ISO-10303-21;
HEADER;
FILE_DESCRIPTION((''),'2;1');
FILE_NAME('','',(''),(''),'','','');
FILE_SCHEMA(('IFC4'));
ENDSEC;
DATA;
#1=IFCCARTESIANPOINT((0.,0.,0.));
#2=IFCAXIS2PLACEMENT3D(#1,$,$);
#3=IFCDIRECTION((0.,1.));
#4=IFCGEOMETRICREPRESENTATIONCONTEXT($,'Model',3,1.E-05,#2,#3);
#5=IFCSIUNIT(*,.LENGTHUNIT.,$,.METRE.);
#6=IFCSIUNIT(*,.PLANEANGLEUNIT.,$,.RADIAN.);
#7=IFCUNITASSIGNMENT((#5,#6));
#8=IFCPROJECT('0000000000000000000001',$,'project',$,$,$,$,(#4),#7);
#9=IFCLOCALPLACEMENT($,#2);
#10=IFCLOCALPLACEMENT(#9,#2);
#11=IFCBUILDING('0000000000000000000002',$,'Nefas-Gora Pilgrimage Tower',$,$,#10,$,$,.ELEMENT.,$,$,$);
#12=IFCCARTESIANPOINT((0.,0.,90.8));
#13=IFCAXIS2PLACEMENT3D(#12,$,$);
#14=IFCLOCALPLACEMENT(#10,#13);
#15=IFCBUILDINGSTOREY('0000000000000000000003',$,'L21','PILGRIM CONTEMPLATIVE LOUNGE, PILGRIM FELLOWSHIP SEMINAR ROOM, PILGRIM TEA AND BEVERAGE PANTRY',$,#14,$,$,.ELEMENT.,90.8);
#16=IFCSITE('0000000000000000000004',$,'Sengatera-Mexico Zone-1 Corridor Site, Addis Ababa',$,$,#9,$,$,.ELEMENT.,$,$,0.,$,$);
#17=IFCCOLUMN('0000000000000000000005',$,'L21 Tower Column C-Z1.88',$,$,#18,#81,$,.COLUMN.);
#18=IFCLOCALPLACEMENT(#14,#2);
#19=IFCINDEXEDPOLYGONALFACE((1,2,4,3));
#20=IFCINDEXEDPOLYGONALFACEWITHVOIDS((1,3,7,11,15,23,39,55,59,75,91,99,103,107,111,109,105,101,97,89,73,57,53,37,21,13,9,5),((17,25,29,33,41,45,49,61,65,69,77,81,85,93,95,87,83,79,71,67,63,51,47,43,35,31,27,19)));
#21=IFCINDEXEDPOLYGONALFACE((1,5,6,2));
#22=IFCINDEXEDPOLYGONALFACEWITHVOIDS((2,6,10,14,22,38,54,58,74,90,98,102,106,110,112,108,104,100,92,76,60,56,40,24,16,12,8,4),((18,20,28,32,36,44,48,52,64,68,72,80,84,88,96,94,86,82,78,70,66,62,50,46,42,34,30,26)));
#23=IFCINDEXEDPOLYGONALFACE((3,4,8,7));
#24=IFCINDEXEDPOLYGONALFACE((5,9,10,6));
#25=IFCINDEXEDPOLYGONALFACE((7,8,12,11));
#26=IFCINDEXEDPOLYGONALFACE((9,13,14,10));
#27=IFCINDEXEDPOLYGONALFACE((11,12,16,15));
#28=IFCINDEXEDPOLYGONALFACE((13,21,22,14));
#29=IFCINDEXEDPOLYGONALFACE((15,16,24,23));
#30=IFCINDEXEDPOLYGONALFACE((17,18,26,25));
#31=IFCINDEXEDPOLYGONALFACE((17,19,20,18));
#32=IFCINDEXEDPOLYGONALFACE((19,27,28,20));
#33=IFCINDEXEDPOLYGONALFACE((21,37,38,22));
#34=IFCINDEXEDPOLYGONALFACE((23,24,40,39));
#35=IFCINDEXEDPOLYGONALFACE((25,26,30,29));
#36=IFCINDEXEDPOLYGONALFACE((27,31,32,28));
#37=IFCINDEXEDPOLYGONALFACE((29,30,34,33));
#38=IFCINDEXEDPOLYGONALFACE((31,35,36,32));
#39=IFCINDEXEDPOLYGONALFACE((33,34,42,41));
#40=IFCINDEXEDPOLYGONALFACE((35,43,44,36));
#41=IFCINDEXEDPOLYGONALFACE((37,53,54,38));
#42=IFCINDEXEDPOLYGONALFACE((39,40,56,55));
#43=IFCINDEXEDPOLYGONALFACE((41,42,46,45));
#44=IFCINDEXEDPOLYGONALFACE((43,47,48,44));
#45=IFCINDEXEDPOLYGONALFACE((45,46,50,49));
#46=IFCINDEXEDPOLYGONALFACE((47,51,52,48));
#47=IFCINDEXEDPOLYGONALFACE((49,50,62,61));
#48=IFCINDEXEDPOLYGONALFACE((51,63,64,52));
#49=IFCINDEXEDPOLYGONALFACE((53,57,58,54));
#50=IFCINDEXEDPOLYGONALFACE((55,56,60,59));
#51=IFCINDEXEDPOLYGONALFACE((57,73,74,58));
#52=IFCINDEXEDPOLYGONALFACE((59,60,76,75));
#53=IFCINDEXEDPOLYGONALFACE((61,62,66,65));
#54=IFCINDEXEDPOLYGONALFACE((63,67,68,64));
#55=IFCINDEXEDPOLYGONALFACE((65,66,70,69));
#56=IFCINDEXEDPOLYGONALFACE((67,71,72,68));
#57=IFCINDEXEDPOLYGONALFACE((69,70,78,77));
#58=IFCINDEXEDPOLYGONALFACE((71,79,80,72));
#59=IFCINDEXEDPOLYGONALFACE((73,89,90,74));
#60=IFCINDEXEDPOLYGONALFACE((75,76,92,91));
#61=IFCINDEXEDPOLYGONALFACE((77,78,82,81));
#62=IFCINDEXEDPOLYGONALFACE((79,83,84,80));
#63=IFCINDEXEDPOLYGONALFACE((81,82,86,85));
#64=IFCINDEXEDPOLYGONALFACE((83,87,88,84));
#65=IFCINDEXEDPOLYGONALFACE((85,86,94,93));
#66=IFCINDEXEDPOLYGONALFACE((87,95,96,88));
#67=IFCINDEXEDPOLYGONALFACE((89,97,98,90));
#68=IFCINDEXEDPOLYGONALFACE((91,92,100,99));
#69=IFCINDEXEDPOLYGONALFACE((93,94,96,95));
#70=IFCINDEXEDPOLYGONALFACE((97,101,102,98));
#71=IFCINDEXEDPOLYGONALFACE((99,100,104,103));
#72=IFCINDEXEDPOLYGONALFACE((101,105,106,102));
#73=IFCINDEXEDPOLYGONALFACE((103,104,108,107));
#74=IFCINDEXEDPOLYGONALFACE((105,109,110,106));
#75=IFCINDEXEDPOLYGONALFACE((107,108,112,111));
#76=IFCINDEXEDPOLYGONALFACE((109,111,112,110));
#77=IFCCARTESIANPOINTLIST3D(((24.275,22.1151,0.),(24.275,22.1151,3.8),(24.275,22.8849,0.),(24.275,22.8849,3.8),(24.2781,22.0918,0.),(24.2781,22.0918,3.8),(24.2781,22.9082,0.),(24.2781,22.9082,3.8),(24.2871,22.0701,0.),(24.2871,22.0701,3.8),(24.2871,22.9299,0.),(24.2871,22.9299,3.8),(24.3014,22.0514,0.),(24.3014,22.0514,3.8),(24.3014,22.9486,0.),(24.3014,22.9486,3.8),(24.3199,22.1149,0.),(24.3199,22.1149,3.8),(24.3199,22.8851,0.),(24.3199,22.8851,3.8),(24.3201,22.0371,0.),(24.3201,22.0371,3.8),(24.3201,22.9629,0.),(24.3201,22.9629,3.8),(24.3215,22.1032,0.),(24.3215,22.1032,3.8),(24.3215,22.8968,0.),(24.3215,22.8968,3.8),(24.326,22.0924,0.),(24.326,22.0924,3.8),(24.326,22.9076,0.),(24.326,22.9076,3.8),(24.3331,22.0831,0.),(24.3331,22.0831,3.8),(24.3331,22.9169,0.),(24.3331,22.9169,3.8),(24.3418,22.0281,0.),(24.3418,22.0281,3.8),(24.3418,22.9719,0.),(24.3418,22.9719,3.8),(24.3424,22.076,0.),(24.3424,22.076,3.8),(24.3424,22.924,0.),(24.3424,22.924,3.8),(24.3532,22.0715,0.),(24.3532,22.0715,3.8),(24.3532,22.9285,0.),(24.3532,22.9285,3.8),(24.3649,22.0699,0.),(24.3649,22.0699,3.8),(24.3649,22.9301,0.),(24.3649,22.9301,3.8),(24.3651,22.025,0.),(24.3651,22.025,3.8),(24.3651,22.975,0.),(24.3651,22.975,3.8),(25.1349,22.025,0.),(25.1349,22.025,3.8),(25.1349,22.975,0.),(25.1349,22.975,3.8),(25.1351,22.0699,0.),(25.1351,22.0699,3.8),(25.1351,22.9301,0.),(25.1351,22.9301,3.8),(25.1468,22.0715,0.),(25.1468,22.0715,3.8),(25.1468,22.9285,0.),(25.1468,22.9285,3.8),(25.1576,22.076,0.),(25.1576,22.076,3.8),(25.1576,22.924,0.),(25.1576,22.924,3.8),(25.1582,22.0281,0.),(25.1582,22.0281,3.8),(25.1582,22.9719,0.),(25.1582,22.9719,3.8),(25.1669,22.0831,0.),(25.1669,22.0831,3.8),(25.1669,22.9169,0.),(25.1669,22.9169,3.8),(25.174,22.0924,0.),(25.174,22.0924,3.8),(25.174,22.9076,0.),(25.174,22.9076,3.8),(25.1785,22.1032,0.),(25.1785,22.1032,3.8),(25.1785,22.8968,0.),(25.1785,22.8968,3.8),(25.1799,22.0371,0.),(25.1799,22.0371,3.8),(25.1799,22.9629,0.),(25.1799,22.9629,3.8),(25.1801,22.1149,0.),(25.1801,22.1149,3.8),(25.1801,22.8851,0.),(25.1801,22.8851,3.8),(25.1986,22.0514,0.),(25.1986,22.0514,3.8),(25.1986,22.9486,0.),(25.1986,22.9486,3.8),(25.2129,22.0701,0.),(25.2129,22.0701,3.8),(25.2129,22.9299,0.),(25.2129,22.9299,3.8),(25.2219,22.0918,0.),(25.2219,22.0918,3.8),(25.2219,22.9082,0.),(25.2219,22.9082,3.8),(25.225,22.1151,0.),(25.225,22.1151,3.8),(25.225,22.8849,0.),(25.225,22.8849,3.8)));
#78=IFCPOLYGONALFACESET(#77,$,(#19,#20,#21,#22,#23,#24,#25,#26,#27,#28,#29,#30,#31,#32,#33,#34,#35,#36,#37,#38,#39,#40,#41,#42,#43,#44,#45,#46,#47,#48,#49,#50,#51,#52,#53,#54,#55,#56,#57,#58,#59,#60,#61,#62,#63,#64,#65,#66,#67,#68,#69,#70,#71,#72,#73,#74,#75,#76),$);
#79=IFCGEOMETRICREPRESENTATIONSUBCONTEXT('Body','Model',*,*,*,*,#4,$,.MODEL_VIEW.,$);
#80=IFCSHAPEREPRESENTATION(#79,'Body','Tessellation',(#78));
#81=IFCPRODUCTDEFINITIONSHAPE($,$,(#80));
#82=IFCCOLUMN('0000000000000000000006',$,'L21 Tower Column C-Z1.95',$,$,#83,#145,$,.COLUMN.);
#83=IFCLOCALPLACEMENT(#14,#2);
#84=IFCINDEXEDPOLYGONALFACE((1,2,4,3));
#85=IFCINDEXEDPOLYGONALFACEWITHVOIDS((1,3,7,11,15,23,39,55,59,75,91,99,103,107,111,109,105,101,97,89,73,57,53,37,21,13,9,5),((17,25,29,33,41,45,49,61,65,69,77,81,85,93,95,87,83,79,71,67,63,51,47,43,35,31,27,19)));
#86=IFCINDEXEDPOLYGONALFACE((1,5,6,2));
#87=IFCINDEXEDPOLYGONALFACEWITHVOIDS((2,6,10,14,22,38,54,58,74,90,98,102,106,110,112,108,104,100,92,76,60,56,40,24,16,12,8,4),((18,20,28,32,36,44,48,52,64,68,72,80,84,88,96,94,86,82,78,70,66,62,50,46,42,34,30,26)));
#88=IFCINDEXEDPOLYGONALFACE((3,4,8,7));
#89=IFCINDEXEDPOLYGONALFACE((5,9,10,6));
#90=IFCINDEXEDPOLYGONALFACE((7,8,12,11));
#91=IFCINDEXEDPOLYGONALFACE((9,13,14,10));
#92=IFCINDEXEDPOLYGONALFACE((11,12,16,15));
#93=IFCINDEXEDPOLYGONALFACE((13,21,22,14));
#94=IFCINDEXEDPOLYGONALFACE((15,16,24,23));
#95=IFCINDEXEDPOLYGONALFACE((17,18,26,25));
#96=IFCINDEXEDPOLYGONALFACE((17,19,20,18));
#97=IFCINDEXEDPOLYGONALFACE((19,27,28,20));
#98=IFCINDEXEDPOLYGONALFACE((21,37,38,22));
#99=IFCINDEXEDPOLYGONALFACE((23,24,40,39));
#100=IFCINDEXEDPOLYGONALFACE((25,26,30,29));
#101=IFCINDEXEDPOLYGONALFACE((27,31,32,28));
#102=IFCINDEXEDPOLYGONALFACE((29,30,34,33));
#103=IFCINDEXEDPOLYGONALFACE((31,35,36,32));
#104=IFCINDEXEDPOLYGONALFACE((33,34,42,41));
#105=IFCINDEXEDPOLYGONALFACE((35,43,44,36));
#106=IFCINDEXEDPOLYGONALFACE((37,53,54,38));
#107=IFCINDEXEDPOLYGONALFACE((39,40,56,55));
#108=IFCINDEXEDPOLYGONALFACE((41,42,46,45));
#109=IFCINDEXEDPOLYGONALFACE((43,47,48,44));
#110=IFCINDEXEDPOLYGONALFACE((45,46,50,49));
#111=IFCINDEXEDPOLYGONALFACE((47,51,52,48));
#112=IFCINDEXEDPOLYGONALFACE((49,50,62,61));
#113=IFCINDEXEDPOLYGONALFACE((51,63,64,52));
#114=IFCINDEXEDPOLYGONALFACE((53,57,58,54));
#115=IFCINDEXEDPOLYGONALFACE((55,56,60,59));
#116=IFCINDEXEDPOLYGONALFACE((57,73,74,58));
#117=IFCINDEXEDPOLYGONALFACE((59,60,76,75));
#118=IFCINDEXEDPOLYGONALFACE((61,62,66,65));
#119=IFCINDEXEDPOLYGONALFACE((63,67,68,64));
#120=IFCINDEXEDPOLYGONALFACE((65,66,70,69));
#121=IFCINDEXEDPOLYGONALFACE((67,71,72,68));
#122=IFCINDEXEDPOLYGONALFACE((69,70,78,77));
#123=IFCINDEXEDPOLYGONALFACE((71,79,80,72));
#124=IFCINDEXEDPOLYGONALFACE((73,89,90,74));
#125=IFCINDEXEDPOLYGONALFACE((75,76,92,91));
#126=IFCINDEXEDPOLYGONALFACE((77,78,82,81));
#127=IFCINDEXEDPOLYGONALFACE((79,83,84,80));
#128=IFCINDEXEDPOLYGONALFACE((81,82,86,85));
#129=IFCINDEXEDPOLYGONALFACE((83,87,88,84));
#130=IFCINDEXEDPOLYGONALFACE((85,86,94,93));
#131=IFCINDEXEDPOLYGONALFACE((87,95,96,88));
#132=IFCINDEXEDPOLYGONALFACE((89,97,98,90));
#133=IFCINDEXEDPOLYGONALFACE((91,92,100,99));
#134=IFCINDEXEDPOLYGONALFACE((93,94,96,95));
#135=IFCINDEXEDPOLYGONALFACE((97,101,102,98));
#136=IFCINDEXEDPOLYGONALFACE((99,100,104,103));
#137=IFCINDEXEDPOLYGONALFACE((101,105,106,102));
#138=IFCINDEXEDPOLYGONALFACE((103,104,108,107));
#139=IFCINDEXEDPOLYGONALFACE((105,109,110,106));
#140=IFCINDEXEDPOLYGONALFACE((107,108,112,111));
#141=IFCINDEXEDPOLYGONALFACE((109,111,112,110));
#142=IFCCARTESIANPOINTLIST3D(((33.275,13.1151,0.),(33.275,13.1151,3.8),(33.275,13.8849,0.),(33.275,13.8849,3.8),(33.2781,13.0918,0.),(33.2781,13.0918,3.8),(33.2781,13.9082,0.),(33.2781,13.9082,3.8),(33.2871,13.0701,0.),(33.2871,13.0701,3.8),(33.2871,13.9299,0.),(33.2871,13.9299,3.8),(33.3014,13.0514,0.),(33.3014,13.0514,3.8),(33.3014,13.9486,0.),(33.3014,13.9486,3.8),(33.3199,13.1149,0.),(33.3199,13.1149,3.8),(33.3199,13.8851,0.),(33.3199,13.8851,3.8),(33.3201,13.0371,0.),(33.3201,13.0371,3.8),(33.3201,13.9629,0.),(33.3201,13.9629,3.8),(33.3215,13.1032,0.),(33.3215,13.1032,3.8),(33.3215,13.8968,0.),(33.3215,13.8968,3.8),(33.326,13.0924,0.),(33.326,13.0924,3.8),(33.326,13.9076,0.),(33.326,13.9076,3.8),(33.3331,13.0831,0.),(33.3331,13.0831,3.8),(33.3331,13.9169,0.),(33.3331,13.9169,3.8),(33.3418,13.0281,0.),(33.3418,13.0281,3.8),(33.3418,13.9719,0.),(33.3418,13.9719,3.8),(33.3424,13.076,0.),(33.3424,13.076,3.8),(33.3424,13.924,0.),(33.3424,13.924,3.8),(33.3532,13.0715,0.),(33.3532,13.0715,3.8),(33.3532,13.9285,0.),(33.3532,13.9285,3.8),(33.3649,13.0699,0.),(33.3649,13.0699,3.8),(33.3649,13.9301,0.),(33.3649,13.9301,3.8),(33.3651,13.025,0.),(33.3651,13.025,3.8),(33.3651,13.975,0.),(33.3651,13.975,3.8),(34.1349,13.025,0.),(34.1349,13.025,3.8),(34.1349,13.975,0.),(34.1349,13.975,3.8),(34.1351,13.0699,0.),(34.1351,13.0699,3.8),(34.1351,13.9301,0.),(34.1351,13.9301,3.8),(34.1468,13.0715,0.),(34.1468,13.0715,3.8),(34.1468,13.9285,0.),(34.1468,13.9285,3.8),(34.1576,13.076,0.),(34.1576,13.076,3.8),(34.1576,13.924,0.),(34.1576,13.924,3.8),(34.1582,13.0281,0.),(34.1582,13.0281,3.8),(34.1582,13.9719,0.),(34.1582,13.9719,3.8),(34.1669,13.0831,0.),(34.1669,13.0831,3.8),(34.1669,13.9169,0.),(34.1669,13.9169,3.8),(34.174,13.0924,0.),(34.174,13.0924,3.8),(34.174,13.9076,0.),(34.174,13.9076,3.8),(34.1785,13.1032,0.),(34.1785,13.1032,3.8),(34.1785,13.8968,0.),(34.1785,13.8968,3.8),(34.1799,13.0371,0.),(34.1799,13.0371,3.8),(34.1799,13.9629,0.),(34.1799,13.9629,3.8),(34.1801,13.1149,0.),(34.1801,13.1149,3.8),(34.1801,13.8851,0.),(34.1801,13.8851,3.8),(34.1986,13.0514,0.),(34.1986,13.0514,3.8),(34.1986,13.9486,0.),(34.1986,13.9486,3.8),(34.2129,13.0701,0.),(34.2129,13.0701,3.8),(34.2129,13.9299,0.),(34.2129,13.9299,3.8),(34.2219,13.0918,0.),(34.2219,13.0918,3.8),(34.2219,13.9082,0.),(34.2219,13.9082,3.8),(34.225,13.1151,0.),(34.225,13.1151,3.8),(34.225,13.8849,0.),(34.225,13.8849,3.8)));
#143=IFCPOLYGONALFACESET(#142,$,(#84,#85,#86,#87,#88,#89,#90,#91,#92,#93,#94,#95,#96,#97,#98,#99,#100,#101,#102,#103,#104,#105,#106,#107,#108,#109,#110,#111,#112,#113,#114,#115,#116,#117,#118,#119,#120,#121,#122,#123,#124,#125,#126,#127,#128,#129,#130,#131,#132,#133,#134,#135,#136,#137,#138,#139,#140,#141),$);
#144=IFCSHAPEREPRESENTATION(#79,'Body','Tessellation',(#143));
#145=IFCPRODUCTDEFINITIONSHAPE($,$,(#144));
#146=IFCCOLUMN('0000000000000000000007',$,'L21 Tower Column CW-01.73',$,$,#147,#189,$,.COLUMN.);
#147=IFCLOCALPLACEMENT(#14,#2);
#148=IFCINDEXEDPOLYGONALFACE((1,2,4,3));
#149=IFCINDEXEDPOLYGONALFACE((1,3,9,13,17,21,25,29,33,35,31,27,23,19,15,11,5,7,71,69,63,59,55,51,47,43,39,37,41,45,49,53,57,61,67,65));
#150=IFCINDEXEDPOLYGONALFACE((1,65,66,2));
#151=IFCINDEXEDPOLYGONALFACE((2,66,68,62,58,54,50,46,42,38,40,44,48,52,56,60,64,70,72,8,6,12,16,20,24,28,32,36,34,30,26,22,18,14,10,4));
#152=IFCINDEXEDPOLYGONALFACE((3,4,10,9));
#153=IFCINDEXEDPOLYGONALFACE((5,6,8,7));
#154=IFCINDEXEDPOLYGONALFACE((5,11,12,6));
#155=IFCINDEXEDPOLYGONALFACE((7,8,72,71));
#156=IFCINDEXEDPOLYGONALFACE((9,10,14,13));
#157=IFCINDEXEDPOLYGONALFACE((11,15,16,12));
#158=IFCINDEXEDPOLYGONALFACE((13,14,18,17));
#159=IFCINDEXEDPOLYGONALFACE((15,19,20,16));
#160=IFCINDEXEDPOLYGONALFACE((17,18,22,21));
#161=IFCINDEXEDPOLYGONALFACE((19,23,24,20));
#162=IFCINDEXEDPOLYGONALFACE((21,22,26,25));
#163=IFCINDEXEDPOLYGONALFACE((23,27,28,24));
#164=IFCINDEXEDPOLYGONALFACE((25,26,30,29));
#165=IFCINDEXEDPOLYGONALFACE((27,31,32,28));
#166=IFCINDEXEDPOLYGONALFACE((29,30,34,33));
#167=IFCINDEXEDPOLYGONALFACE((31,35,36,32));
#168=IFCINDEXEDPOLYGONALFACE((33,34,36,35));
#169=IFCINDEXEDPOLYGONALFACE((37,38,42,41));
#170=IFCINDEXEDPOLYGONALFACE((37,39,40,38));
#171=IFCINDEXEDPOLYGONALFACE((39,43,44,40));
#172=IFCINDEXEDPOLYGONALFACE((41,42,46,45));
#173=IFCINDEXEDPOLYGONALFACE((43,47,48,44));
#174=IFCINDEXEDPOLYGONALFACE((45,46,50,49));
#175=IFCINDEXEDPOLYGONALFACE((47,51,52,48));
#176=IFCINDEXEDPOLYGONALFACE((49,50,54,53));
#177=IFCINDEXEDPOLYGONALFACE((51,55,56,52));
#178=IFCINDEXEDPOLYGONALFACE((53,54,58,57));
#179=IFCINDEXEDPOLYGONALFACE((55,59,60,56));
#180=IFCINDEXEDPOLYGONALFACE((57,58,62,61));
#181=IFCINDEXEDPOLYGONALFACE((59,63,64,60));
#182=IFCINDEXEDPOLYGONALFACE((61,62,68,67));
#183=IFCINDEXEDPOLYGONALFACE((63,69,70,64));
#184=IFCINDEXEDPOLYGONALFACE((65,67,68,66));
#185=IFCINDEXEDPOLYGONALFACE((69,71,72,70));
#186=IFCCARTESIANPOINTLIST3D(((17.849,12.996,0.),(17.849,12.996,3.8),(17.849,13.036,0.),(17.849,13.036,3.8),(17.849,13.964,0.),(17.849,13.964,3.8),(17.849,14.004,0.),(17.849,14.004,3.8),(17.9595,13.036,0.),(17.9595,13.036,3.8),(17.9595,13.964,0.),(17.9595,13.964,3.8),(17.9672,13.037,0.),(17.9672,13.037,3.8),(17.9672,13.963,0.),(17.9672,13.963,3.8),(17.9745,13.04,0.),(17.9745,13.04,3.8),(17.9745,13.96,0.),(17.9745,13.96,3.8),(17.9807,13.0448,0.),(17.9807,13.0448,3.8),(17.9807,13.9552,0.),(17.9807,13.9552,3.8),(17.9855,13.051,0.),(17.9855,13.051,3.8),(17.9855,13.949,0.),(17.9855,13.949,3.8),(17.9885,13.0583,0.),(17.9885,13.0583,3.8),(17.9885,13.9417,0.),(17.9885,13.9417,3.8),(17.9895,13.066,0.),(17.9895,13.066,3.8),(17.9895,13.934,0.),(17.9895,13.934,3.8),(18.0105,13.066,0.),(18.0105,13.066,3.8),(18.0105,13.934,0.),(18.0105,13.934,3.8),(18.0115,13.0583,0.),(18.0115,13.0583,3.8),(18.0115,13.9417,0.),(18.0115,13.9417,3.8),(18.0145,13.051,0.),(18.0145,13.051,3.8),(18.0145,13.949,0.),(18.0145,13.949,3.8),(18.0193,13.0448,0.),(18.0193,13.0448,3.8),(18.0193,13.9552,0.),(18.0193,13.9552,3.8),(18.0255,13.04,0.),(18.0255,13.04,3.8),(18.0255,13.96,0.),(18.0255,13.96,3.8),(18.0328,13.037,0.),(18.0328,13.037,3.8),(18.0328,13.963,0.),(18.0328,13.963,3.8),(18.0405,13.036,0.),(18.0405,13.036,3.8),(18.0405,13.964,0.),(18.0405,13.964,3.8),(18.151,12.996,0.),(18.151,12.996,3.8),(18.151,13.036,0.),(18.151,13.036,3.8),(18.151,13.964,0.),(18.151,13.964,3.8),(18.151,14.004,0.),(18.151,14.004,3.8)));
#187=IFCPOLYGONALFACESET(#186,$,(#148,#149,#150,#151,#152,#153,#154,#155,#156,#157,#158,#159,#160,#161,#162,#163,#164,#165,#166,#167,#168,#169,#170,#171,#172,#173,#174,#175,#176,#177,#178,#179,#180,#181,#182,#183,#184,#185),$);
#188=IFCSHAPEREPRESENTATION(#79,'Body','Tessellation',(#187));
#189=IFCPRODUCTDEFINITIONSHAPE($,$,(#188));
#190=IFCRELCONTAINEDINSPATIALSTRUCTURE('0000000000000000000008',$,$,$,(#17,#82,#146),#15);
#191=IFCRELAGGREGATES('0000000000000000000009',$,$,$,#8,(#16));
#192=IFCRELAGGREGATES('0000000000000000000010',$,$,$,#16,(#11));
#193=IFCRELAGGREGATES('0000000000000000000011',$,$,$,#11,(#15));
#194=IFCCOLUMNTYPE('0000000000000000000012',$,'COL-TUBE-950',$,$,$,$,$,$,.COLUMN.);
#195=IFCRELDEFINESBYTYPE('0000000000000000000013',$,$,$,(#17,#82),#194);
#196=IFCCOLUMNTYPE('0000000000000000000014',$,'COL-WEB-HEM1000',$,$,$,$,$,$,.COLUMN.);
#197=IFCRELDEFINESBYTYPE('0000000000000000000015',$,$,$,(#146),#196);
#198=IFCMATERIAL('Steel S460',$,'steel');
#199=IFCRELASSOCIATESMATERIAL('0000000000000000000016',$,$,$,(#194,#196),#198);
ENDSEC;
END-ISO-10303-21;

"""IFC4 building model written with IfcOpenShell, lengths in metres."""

from ifc_helpers import new_model, si_unit, direction, frame, origin, origin_2d, place, context, subcontext, project, spatial, hollow_rectangle, i_section, extrude, source, transform, mapped, material, material_profile, profile_set, type_object, element, save


model = new_model("IFC4")

# Units and contexts
model_context = context("Model", 3, precision=1e-05, world=origin(), true_north=direction((0.0, 1.0)))
body_context = subcontext(model_context, "Body", "Model", "MODEL_VIEW")
ifc_project = project(units=[si_unit("LENGTHUNIT", "METRE"), si_unit("PLANEANGLEUNIT", "RADIAN")], contexts=[model_context])

# Site, building, storey
site_placement = place(None, origin())
site = spatial("IfcSite", under=ifc_project, at=site_placement, Name="Sengatera-Mexico Zone-1 Corridor Site, Addis Ababa", CompositionType="ELEMENT", RefElevation=0.0)
building_placement = place(site_placement, origin())
building = spatial("IfcBuilding", under=site, at=building_placement, Name="Nefas-Gora Pilgrimage Tower", CompositionType="ELEMENT")
storey_placement = place(building_placement, frame((0.0, 0.0, 90.8)))
storey = spatial("IfcBuildingStorey", under=building, at=storey_placement, Name="L21", Description="PILGRIM CONTEMPLATIVE LOUNGE, PILGRIM FELLOWSHIP SEMINAR ROOM, PILGRIM TEA AND BEVERAGE PANTRY", CompositionType="ELEMENT", Elevation=90.8)

# Columns
ifc_material_1 = material(Name="Steel S460", Category="steel")
ifc_material_profile_1 = material_profile(ifc_material_1, hollow_rectangle(XDim=0.95, YDim=0.95, WallThickness=0.0449, InnerFilletRadius=0.0449, OuterFilletRadius=0.0901, at=origin_2d()), Name="BOX 950x950x45")
ifc_profile_set_1 = profile_set([ifc_material_profile_1], Name="Steel S460")
column_type_1 = type_object("IfcColumnType", Name="COL-TUBE-950", PredefinedType="COLUMN", material=ifc_profile_set_1)
shared_shape_1 = source(origin(), body_context, "Body", "SweptSolid", [
    extrude(hollow_rectangle(XDim=0.95, YDim=0.95, WallThickness=0.0449, InnerFilletRadius=0.0449, OuterFilletRadius=0.0901, at=origin_2d()), origin(), (0.0, 0.0, 1.0), 3.8),
])
for number, where, z_axis, x_axis, name in (
    (1, (24.75, 22.5, 0.0), (0.0, 0.0, 1.0), (1.0, 0.0, 0.0), "L21 Tower Column C-Z1.88"),
    (2, (33.75, 13.5, 0.0), (0.0, 0.0, 1.0), (1.0, 0.0, 0.0), "L21 Tower Column C-Z1.95"),
):
    element("IfcColumn", number, at=place(storey_placement, frame(where, z_axis=z_axis, x_axis=x_axis)), inside=storey, type_object=column_type_1, Name=name, PredefinedType="COLUMN", context=body_context, shape_type="MappedRepresentation", body=[
        mapped(shared_shape_1, transform((0.0, 0.0, 0.0), x_axis=(1.0, 0.0, 0.0), y_axis=(0.0, 1.0, 0.0), z_axis=(0.0, 0.0, 1.0), scale=1.0)),
    ])
ifc_material_profile_2 = material_profile(ifc_material_1, i_section(OverallWidth=0.302, OverallDepth=1.0081, WebThickness=0.021, FlangeThickness=0.04, FilletRadius=0.03, at=origin_2d()), Name="HEM 1000")
ifc_profile_set_2 = profile_set([ifc_material_profile_2], Name="Steel S460")
column_type_2 = type_object("IfcColumnType", Name="COL-WEB-HEM1000", PredefinedType="COLUMN", material=ifc_profile_set_2)
shared_shape_2 = source(origin(), body_context, "Body", "SweptSolid", [
    extrude(i_section(OverallWidth=0.302, OverallDepth=1.0081, WebThickness=0.021, FlangeThickness=0.04, FilletRadius=0.03, at=origin_2d()), origin(), (0.0, 0.0, 1.0), 3.8),
])
for number, where, z_axis, x_axis, name in (
    (3, (18.0, 13.5, 0.0), (0.0, 0.0, 1.0), (1.0, 0.0, 0.0), "L21 Tower Column CW-01.73"),
):
    element("IfcColumn", number, at=place(storey_placement, frame(where, z_axis=z_axis, x_axis=x_axis)), inside=storey, type_object=column_type_2, Name=name, PredefinedType="COLUMN", context=body_context, shape_type="MappedRepresentation", body=[
        mapped(shared_shape_2, transform((0.0, 0.0, 0.0), x_axis=(1.0, 0.0, 0.0), y_axis=(0.0, 1.0, 0.0), z_axis=(0.0, 0.0, 1.0), scale=1.0)),
    ])

save(model, "model.ifc")
